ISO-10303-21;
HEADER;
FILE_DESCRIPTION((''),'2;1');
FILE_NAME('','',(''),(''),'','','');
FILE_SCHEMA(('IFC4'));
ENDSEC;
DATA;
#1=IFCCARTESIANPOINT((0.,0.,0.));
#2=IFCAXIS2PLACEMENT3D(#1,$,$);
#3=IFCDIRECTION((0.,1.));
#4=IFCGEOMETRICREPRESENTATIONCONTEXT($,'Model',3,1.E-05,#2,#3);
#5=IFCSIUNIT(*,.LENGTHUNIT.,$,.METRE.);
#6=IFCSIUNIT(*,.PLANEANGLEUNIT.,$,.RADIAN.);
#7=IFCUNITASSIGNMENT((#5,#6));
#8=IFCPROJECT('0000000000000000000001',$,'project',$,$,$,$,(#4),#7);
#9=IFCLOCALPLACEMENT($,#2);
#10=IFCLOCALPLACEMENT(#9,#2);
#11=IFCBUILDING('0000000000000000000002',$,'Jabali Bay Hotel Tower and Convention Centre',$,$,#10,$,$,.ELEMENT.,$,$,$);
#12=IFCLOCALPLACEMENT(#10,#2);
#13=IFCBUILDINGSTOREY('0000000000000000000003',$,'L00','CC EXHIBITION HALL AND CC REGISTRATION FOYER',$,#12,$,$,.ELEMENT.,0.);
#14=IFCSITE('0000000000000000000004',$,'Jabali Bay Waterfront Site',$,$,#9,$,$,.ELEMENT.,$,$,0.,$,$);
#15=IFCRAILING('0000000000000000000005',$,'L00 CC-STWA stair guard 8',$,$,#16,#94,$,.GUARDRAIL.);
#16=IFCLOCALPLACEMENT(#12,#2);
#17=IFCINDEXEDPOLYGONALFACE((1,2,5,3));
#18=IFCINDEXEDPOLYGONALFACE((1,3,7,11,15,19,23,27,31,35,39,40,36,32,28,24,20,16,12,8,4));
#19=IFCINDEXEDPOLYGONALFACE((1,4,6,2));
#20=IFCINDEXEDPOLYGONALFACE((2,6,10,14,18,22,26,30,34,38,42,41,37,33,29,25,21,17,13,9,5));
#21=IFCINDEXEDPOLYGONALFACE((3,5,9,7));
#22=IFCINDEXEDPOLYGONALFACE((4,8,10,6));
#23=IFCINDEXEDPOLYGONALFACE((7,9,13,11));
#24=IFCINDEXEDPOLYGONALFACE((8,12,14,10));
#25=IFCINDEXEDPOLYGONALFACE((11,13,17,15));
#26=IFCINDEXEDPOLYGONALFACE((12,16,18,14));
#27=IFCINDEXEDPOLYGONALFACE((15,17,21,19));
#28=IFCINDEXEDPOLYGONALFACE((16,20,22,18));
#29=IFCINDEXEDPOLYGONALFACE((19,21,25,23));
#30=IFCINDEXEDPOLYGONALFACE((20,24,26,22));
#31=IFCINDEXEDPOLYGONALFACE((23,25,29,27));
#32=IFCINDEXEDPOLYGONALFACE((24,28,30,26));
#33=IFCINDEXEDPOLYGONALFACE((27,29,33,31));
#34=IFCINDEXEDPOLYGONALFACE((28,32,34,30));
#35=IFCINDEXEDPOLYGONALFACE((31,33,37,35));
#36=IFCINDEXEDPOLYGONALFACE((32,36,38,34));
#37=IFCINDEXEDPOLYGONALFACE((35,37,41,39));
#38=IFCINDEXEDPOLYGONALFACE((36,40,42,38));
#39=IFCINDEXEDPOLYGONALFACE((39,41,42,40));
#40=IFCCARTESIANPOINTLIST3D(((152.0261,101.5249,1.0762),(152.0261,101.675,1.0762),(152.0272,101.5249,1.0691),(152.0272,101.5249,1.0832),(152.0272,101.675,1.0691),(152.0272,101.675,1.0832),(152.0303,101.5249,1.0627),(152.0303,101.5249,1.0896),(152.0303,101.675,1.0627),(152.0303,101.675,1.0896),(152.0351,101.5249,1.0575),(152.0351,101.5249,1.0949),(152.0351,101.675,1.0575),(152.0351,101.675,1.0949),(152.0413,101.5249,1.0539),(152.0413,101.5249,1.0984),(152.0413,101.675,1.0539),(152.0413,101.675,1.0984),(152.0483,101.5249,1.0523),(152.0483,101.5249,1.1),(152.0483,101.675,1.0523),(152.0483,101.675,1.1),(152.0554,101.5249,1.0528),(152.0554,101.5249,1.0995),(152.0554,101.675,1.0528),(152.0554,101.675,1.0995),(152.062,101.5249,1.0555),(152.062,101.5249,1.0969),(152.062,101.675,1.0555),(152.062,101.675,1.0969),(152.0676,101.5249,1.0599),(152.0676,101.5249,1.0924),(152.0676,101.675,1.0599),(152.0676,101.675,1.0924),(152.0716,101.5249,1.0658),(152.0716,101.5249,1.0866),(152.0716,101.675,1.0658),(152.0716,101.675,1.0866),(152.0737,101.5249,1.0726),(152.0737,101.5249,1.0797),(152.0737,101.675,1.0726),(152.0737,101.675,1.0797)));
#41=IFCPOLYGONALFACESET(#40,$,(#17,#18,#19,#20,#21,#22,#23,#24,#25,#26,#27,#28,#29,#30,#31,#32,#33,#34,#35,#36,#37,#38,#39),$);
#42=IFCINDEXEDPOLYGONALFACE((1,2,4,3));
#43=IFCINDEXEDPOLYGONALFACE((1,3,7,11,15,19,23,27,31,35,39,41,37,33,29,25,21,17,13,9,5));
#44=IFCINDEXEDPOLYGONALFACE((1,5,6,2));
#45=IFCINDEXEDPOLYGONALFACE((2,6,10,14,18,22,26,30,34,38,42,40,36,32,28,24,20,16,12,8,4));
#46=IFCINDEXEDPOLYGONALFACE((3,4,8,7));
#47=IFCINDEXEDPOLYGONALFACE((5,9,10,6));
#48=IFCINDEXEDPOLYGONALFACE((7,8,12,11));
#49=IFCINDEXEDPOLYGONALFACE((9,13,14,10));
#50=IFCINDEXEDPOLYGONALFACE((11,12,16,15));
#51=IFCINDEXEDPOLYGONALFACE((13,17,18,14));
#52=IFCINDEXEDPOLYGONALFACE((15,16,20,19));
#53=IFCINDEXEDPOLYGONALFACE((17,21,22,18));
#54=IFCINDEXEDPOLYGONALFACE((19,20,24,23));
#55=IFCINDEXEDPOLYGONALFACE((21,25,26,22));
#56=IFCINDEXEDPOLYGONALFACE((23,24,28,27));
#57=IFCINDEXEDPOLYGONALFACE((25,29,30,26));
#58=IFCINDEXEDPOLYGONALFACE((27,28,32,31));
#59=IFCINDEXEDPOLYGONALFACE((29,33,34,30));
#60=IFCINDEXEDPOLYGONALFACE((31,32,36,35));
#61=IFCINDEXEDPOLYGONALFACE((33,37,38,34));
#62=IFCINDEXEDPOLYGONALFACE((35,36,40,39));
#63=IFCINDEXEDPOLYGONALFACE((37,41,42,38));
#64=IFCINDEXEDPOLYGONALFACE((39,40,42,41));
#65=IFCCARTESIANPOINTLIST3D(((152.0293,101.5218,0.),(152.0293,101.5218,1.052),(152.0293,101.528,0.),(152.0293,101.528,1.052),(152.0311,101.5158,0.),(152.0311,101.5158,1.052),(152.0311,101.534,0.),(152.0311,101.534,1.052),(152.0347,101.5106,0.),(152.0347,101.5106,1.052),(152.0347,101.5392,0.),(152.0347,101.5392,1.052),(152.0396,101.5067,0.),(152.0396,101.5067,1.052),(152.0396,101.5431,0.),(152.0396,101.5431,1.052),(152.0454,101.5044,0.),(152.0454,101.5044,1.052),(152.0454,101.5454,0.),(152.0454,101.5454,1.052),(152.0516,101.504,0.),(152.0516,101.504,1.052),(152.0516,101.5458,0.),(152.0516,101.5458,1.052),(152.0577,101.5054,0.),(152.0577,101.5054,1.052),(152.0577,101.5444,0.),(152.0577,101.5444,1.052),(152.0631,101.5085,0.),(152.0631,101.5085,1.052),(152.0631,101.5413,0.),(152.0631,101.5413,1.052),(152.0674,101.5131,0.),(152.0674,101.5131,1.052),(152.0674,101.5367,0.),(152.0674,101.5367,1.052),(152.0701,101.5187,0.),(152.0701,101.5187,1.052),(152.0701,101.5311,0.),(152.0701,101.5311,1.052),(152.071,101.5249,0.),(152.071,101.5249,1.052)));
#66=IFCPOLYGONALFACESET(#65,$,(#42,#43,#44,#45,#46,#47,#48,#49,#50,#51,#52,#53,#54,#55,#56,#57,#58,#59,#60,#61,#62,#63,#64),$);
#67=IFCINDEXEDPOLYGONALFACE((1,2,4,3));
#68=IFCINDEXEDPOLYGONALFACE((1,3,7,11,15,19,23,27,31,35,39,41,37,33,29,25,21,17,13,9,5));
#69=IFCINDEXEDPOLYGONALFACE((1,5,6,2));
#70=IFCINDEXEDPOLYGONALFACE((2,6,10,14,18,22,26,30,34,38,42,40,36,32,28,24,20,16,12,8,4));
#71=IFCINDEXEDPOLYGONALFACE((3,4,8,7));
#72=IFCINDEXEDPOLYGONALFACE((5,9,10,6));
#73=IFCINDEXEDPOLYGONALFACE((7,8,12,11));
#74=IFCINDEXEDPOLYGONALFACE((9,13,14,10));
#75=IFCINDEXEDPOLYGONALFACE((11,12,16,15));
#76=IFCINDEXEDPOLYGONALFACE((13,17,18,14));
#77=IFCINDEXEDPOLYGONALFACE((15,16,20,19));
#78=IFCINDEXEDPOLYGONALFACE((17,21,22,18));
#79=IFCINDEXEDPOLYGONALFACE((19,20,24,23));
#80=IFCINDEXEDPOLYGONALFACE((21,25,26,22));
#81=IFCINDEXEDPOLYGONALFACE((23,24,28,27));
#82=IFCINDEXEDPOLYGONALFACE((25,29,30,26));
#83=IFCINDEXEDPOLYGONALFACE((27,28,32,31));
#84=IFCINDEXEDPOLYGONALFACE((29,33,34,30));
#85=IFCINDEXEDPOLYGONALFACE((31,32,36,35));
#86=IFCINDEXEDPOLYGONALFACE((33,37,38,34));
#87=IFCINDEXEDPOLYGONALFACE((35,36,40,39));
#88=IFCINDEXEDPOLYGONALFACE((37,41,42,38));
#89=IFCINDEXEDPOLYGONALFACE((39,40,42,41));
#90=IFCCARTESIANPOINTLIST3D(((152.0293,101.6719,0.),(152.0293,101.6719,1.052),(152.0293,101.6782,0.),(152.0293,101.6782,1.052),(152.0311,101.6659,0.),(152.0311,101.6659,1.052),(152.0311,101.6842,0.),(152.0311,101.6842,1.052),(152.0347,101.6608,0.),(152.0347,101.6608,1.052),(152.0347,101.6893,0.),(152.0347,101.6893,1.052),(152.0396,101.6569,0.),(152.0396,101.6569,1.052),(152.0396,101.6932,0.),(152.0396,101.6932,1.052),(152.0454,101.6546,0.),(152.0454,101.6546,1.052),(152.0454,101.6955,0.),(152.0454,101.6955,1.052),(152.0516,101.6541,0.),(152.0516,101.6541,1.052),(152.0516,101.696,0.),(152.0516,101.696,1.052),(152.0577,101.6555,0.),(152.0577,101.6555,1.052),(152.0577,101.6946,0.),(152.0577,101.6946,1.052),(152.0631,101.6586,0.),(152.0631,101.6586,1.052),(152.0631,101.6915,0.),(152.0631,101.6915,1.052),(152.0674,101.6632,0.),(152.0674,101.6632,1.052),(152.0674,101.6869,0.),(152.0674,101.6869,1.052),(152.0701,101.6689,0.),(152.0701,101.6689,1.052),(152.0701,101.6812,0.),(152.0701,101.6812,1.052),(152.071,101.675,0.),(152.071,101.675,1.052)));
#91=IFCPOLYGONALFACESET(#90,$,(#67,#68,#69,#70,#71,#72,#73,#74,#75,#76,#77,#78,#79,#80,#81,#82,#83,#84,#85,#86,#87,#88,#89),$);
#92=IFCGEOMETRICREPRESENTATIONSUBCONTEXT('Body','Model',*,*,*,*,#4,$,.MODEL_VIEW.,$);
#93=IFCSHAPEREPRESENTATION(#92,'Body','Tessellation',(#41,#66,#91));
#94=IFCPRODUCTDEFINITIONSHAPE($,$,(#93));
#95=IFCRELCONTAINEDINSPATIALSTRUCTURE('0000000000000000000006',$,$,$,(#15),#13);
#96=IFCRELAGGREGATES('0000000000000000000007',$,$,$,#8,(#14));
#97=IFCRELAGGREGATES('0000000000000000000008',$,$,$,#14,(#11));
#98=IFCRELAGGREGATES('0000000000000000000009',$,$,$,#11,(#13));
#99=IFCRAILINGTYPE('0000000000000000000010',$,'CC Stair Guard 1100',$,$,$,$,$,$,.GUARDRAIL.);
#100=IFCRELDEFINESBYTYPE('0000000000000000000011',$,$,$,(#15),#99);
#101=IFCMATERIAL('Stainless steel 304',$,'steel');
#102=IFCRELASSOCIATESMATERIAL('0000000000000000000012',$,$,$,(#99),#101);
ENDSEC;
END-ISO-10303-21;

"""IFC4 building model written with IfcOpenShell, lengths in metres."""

from ifc_helpers import new_model, si_unit, direction, frame, origin, origin_2d, place, context, subcontext, project, spatial, circle, extrude, material, type_object, element, save


model = new_model("IFC4")

# Units and contexts
model_context = context("Model", 3, precision=1e-05, world=origin(), true_north=direction((0.0, 1.0)))
body_context = subcontext(model_context, "Body", "Model", "MODEL_VIEW")
ifc_project = project(units=[si_unit("LENGTHUNIT", "METRE"), si_unit("PLANEANGLEUNIT", "RADIAN")], contexts=[model_context])

# Site, building, storey
site_placement = place(None, origin())
site = spatial("IfcSite", under=ifc_project, at=site_placement, Name="Jabali Bay Waterfront Site", CompositionType="ELEMENT", RefElevation=0.0)
building_placement = place(site_placement, origin())
building = spatial("IfcBuilding", under=site, at=building_placement, Name="Jabali Bay Hotel Tower and Convention Centre", CompositionType="ELEMENT")
storey_placement = place(building_placement, origin())
storey = spatial("IfcBuildingStorey", under=building, at=storey_placement, Name="L00", Description="CC EXHIBITION HALL AND CC REGISTRATION FOYER", CompositionType="ELEMENT", Elevation=0.0)

# Railing
ifc_material_1 = material(Name="Stainless steel 304", Category="steel")
railing_type_1 = type_object("IfcRailingType", Name="CC Stair Guard 1100", PredefinedType="GUARDRAIL", material=ifc_material_1)
railing_1_placement = place(storey_placement, frame((152.05, 101.5249, 0.0)))
element("IfcRailing", 1, at=railing_1_placement, inside=storey, type_object=railing_type_1, Name="L00 CC-STWA stair guard 8", PredefinedType="GUARDRAIL", context=body_context, shape_type="SweptSolid", body=[
    extrude(circle(Radius=0.0239, at=origin_2d()), frame((0.0, 0.0, 1.0762), z_axis=(0.0, 1.0, 0.0), x_axis=(-1.0, 0.0, 0.0)), (0.0, 0.0, 1.0), 0.1501),
    extrude(circle(Radius=0.021, at=origin_2d()), origin(), (0.0, 0.0, 1.0), 1.052),
    extrude(circle(Radius=0.021, at=origin_2d()), frame((0.0, 0.1501, 0.0)), (0.0, 0.0, 1.0), 1.052),
])

save(model, "model.ifc")
